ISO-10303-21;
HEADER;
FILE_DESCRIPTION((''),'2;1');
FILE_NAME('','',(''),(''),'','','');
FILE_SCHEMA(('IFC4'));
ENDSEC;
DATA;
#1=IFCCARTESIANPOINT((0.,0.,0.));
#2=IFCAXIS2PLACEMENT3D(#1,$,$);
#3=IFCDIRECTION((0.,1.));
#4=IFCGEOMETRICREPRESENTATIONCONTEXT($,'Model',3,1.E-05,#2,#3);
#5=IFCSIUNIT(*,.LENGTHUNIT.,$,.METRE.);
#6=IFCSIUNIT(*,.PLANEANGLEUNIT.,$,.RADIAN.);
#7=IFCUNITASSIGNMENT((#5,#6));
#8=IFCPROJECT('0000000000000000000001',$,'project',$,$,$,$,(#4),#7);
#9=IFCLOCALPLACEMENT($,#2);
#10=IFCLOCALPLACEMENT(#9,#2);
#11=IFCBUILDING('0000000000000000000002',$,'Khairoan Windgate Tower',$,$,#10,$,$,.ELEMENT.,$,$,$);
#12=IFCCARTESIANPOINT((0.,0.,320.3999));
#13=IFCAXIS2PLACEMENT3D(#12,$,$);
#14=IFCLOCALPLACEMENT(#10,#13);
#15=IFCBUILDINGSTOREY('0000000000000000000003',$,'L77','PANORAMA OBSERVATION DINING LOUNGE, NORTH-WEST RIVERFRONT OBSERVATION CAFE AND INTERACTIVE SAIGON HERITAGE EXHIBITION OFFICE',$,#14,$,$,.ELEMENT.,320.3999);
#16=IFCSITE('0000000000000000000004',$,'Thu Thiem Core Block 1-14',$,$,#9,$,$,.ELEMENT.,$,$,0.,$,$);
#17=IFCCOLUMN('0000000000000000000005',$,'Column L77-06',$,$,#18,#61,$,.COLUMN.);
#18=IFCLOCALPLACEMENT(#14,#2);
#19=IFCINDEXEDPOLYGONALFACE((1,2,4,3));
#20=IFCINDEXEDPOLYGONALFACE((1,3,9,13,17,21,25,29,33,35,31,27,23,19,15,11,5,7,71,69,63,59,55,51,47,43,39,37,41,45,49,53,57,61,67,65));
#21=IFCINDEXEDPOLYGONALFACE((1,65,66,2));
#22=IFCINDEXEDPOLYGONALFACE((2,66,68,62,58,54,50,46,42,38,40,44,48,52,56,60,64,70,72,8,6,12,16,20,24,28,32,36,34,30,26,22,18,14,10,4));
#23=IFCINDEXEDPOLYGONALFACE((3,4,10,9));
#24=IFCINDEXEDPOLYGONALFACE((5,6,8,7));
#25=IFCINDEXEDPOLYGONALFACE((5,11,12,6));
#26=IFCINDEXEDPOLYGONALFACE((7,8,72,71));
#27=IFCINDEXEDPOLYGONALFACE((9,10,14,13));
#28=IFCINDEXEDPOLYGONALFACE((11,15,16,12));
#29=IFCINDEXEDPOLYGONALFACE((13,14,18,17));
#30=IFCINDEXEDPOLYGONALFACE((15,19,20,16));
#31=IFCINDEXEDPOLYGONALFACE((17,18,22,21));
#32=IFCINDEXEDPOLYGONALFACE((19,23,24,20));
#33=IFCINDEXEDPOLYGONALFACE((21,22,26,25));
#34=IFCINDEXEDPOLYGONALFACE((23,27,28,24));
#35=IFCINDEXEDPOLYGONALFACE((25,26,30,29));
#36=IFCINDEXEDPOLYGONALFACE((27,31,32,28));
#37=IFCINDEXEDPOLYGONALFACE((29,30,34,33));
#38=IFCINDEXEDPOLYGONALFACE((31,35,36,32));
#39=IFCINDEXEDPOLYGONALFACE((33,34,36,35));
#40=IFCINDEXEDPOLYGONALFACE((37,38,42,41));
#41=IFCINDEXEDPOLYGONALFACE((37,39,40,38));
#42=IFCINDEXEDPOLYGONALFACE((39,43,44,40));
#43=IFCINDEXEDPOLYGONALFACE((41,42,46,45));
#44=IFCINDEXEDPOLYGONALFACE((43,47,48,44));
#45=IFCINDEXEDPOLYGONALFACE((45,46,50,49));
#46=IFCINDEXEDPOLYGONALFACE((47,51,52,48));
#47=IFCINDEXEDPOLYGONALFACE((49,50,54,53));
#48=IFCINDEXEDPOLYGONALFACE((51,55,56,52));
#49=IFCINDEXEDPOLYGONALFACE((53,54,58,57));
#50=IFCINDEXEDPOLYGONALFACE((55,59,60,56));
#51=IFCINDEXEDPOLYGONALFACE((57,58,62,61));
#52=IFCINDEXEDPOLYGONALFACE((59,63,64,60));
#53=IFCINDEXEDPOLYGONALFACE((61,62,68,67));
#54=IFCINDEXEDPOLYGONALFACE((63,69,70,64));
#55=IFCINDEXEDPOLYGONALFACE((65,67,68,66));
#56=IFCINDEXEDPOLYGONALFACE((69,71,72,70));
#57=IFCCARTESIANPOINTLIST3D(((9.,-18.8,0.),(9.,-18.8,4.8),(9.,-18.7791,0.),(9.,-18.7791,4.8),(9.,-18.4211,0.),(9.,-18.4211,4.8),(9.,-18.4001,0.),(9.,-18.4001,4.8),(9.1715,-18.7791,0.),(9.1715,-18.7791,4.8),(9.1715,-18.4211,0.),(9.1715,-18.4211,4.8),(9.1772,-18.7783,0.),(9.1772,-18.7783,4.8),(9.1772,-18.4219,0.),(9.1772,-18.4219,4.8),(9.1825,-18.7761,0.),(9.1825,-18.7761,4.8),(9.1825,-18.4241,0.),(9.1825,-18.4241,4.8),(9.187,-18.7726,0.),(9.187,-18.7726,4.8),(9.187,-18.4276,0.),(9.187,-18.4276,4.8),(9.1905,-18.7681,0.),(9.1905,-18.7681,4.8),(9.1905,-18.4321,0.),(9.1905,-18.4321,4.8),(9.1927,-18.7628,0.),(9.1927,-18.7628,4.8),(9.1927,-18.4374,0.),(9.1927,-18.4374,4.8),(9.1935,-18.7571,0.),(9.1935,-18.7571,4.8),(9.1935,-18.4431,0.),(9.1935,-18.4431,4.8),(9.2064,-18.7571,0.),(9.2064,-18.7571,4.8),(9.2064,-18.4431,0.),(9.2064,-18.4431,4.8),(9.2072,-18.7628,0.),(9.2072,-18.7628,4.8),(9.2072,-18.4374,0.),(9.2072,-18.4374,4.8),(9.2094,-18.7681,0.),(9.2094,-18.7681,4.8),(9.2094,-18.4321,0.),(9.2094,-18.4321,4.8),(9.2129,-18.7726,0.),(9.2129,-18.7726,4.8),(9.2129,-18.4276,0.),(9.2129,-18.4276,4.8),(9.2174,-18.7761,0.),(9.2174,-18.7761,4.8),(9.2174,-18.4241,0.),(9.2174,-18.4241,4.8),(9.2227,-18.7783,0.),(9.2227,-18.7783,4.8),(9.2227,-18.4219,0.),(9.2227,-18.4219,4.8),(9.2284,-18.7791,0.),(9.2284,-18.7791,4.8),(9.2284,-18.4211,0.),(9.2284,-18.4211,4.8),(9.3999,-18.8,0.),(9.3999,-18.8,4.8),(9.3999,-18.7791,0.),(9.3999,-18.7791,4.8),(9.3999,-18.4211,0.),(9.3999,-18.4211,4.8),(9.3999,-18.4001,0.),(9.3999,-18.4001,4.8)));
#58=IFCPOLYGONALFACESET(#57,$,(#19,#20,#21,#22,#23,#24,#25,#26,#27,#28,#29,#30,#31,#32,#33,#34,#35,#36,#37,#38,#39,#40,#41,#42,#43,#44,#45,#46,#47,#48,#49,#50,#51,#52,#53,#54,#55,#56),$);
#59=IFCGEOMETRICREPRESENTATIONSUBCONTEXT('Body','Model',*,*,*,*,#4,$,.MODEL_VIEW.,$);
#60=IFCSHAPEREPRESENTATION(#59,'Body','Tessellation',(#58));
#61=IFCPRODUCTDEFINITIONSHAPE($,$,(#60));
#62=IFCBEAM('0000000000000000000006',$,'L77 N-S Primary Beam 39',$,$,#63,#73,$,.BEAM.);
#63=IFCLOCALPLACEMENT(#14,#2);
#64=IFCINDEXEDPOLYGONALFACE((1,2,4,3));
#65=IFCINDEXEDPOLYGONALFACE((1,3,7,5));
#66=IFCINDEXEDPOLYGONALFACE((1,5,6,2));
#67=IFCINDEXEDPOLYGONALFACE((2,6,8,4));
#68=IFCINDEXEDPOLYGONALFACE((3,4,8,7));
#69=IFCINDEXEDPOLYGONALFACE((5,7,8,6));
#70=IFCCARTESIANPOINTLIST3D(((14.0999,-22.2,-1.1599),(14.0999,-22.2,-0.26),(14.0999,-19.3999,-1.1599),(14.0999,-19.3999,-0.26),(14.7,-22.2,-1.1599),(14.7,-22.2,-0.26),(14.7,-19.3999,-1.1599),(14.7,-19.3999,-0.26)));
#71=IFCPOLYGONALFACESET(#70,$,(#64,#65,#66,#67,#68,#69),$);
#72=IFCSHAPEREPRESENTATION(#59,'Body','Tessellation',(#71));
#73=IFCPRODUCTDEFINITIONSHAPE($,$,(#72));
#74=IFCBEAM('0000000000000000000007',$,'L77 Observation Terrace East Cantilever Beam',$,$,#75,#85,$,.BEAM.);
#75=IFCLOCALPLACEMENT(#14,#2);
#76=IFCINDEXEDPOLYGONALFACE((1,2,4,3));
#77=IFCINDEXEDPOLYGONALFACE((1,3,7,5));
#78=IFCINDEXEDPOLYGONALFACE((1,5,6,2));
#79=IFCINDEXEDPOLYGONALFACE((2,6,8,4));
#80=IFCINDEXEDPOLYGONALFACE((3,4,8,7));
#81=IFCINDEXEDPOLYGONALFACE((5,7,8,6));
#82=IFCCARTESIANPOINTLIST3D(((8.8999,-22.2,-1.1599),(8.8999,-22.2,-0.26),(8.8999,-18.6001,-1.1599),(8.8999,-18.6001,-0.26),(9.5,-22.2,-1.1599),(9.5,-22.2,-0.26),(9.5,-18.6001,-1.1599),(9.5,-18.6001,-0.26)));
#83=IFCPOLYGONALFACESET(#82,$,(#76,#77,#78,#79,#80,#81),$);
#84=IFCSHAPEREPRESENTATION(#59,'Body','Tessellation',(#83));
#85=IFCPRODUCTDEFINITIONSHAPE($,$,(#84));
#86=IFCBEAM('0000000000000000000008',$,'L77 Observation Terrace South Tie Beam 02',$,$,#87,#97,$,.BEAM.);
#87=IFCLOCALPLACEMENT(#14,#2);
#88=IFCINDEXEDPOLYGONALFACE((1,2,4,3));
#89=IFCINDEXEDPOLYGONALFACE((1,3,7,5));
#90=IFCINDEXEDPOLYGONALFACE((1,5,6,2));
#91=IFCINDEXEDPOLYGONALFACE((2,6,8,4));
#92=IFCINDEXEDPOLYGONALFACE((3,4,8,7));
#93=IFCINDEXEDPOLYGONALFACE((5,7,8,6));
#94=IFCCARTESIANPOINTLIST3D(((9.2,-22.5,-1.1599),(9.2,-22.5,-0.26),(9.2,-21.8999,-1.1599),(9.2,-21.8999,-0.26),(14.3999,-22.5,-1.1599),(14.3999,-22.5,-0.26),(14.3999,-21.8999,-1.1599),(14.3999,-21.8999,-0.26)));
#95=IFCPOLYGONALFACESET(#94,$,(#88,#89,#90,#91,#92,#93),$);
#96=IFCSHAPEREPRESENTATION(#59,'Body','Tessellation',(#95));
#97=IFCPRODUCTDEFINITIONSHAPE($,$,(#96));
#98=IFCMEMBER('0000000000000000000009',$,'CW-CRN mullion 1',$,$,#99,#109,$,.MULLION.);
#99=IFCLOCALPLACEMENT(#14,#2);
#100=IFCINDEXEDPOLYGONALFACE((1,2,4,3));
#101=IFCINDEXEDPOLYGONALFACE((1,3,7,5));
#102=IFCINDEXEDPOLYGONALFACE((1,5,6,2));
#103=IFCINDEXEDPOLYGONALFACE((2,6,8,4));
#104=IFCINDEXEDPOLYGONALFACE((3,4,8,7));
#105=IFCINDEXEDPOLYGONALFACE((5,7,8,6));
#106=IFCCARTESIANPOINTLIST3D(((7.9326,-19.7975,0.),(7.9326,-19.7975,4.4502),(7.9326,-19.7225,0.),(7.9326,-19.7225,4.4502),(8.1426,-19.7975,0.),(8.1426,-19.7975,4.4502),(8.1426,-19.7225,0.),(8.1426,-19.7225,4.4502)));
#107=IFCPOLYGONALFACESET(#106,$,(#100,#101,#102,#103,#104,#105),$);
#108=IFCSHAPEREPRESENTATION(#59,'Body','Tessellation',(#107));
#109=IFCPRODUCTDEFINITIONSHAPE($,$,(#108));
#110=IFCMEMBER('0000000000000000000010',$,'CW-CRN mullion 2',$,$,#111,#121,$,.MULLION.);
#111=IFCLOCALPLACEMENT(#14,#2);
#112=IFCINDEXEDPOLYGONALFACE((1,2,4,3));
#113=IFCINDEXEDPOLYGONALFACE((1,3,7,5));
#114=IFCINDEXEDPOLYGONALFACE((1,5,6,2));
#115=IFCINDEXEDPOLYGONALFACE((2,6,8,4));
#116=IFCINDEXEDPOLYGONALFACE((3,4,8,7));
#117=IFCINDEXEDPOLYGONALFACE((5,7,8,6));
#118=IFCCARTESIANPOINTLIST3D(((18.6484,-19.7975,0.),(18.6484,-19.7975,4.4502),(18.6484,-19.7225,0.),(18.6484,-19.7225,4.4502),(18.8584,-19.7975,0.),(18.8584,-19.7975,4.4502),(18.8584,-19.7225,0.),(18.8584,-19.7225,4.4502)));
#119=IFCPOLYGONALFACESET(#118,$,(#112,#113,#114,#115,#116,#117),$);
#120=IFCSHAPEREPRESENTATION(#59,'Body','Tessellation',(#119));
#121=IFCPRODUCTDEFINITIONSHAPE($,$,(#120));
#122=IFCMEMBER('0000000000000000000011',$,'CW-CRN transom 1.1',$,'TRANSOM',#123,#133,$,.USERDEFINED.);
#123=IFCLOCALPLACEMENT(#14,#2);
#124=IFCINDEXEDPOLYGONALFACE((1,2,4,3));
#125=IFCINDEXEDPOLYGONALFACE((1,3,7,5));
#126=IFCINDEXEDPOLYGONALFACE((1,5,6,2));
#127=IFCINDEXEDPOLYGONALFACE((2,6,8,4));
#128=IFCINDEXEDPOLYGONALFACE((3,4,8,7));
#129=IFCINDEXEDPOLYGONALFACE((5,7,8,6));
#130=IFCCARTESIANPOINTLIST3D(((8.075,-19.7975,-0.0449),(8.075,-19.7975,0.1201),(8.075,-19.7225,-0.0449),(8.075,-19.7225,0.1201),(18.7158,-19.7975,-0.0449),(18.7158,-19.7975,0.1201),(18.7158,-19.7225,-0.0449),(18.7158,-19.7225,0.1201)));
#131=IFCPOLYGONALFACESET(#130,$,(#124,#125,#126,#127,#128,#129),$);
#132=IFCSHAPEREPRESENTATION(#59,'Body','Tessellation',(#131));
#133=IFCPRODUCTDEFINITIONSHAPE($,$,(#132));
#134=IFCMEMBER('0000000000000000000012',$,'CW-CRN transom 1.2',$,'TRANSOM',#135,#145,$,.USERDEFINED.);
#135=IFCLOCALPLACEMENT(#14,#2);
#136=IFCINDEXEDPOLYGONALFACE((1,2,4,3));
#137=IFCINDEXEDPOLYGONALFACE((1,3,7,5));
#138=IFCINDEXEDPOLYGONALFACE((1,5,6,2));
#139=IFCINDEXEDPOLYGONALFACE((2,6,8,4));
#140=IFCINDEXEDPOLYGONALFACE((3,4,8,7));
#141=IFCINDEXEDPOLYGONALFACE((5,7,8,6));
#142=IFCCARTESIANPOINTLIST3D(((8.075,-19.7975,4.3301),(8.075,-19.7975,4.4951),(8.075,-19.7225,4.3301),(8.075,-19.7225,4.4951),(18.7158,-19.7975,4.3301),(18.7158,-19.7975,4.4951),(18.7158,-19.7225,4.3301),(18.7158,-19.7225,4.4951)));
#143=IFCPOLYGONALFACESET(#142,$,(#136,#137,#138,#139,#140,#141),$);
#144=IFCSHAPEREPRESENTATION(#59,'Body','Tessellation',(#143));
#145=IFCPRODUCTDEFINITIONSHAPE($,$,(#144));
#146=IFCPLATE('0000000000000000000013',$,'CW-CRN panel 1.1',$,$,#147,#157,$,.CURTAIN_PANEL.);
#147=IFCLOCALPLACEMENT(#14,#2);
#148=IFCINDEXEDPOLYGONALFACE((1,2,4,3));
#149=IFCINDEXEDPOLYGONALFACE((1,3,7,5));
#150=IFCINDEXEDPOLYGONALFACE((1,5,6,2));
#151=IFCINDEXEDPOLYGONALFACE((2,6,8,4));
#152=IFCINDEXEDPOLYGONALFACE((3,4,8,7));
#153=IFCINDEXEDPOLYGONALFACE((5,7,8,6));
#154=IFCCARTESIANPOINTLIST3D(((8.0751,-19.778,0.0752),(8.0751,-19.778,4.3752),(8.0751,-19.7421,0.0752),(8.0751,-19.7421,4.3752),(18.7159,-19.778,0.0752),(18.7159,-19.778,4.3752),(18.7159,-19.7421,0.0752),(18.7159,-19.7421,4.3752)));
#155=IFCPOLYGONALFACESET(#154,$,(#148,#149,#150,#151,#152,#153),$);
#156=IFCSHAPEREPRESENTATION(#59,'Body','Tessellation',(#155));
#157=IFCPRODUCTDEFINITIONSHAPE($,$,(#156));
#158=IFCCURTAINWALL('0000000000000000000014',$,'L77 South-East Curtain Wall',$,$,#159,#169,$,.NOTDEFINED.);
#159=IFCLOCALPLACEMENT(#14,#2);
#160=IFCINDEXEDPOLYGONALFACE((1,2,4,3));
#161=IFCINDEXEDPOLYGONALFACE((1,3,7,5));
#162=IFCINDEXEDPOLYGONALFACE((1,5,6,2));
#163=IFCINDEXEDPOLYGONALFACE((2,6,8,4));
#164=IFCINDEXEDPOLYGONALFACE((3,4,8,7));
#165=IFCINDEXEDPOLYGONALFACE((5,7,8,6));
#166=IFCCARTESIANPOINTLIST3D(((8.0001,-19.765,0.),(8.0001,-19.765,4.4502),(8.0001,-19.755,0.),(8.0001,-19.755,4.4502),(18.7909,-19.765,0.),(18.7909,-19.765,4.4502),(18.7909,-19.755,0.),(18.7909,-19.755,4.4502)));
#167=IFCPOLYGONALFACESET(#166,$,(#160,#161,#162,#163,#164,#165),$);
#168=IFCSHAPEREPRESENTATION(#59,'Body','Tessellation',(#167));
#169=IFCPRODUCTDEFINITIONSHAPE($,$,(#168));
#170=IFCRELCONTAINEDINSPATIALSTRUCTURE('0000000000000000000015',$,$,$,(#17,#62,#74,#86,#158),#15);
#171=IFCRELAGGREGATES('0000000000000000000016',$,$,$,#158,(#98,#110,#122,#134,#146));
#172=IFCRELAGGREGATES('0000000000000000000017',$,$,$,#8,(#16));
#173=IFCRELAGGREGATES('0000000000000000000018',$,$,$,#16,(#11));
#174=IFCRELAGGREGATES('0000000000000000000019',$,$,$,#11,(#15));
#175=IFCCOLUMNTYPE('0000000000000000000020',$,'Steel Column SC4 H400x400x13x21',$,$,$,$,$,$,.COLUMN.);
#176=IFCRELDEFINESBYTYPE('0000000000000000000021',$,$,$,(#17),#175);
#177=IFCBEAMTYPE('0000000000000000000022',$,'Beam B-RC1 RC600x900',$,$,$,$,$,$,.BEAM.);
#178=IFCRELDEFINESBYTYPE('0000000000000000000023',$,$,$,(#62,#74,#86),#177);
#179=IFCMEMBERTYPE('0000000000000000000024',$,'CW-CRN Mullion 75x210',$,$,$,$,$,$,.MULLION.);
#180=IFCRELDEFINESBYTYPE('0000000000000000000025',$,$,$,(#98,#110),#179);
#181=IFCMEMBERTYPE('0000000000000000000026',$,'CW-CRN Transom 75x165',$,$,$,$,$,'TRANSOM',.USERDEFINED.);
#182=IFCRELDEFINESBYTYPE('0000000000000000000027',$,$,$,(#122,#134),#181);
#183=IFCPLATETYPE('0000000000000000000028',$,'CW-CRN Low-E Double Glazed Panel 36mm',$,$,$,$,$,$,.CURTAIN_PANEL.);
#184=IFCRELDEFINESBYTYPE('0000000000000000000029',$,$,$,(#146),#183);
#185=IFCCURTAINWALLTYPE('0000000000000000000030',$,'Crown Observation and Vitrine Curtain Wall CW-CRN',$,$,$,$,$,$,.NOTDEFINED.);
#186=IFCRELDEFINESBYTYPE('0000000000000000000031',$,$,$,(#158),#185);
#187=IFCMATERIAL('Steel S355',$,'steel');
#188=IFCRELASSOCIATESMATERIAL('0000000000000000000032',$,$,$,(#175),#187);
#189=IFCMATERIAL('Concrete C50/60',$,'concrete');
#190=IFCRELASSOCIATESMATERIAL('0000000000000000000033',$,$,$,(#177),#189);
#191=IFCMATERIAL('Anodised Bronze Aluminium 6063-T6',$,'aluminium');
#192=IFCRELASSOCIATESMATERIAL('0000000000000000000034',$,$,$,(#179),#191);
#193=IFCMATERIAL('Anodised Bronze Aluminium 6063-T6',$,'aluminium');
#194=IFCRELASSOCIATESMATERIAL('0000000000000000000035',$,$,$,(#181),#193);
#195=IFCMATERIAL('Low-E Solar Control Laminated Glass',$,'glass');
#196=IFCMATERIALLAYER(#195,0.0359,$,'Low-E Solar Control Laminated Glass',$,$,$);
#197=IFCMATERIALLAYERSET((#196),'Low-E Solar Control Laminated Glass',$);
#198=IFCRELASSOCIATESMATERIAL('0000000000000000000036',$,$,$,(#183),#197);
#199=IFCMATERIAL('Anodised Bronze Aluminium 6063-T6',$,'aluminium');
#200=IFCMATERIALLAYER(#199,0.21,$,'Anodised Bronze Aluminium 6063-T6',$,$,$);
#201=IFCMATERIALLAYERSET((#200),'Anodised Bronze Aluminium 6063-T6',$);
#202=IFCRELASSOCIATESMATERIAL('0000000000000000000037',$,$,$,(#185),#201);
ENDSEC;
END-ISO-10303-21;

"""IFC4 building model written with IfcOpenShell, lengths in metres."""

from ifc_helpers import new_model, si_unit, direction, frame, frame_2d, origin, origin_2d, place, context, subcontext, project, spatial, rectangle, i_section, extrude, material, layer, layer_set, material_profile, profile_set, type_object, element, aggregate, save


model = new_model("IFC4")

# Units and contexts
model_context = context("Model", 3, precision=1e-05, world=origin(), true_north=direction((0.0, 1.0)))
body_context = subcontext(model_context, "Body", "Model", "MODEL_VIEW")
ifc_project = project(units=[si_unit("LENGTHUNIT", "METRE"), si_unit("PLANEANGLEUNIT", "RADIAN")], contexts=[model_context])

# Site, building, storey
site_placement = place(None, origin())
site = spatial("IfcSite", under=ifc_project, at=site_placement, Name="Thu Thiem Core Block 1-14", CompositionType="ELEMENT", RefElevation=0.0)
building_placement = place(site_placement, origin())
building = spatial("IfcBuilding", under=site, at=building_placement, Name="Khairoan Windgate Tower", CompositionType="ELEMENT")
storey_placement = place(building_placement, frame((0.0, 0.0, 320.3999)))
storey = spatial("IfcBuildingStorey", under=building, at=storey_placement, Name="L77", Description="PANORAMA OBSERVATION DINING LOUNGE, NORTH-WEST RIVERFRONT OBSERVATION CAFE AND INTERACTIVE SAIGON HERITAGE EXHIBITION OFFICE", CompositionType="ELEMENT", Elevation=320.3999)

# Column
ifc_material_1 = material(Name="Steel S355", Category="steel")
ifc_material_profile_1 = material_profile(ifc_material_1, i_section(OverallWidth=0.3999, OverallDepth=0.3999, WebThickness=0.0129, FlangeThickness=0.021, FilletRadius=0.022, at=origin_2d()))
ifc_profile_set_1 = profile_set([ifc_material_profile_1], Name="Steel S355")
column_type = type_object("IfcColumnType", Name="Steel Column SC4 H400x400x13x21", PredefinedType="COLUMN", material=ifc_profile_set_1)
column_placement = place(storey_placement, frame((9.2, -18.6001, 0.0), z_axis=(0.0, 0.0, 1.0), x_axis=(1.0, 0.0, 0.0)))
element("IfcColumn", 1, at=column_placement, inside=storey, type_object=column_type, Name="Column L77-06", PredefinedType="COLUMN", context=body_context, shape_type="SweptSolid", body=[
    extrude(i_section(OverallWidth=0.3999, OverallDepth=0.3999, WebThickness=0.0129, FlangeThickness=0.021, FilletRadius=0.022, at=origin_2d()), origin(), (0.0, 0.0, 1.0), 4.8),
])

# Beams
ifc_material_2 = material(Name="Concrete C50/60", Category="concrete")
ifc_material_profile_2 = material_profile(ifc_material_2, rectangle(XDim=0.6001, YDim=0.8999, at=origin_2d()))
ifc_profile_set_2 = profile_set([ifc_material_profile_2], Name="Concrete C50/60")
beam_type = type_object("IfcBeamType", Name="Beam B-RC1 RC600x900", PredefinedType="BEAM", material=ifc_profile_set_2)
beam_1_placement = place(storey_placement, frame((14.3999, -22.2, -0.71), z_axis=(0.0, 1.0, 0.0), x_axis=(-1.0, 0.0, 0.0)))
element("IfcBeam", 2, at=beam_1_placement, inside=storey, type_object=beam_type, Name="L77 N-S Primary Beam 39", PredefinedType="BEAM", context=body_context, shape_type="SweptSolid", body=[
    extrude(rectangle(XDim=0.6001, YDim=0.8999, at=origin_2d()), origin(), (0.0, 0.0, 1.0), 2.8),
])
beam_2_placement = place(storey_placement, frame((9.2, -22.2, -0.71), z_axis=(0.0, 1.0, 0.0), x_axis=(-1.0, 0.0, 0.0)))
element("IfcBeam", 3, at=beam_2_placement, inside=storey, type_object=beam_type, Name="L77 Observation Terrace East Cantilever Beam", PredefinedType="BEAM", context=body_context, shape_type="SweptSolid", body=[
    extrude(rectangle(XDim=0.6001, YDim=0.8999, at=origin_2d()), origin(), (0.0, 0.0, 1.0), 3.5999),
])
beam_3_placement = place(storey_placement, frame((9.2, -22.2, -0.71), z_axis=(1.0, 0.0, 0.0), x_axis=(0.0, 1.0, 0.0)))
element("IfcBeam", 4, at=beam_3_placement, inside=storey, type_object=beam_type, Name="L77 Observation Terrace South Tie Beam 02", PredefinedType="BEAM", context=body_context, shape_type="SweptSolid", body=[
    extrude(rectangle(XDim=0.6001, YDim=0.8999, at=origin_2d()), origin(), (0.0, 0.0, 1.0), 5.2),
])

# Members
ifc_material_3 = material(Name="Anodised Bronze Aluminium 6063-T6", Category="aluminium")
ifc_material_profile_3 = material_profile(ifc_material_3, rectangle(XDim=0.075, YDim=0.21, at=origin_2d()))
ifc_profile_set_3 = profile_set([ifc_material_profile_3], Name="Anodised Bronze Aluminium 6063-T6")
member_type_1 = type_object("IfcMemberType", Name="CW-CRN Mullion 75x210", PredefinedType="MULLION", material=ifc_profile_set_3)
member_1_placement = place(storey_placement, frame((8.0376, -19.76, 0.0), z_axis=(0.0, 0.0, 1.0), x_axis=(0.0, 1.0, 0.0)))
member_1 = element("IfcMember", 5, at=member_1_placement, type_object=member_type_1, Name="CW-CRN mullion 1", PredefinedType="MULLION", context=body_context, shape_type="SweptSolid", body=[
    extrude(rectangle(XDim=0.075, YDim=0.21, at=origin_2d()), origin(), (0.0, 0.0, 1.0), 4.4502),
])
member_2_placement = place(storey_placement, frame((18.7534, -19.76, 0.0), z_axis=(0.0, 0.0, 1.0), x_axis=(0.0, 1.0, 0.0)))
member_2 = element("IfcMember", 6, at=member_2_placement, type_object=member_type_1, Name="CW-CRN mullion 2", PredefinedType="MULLION", context=body_context, shape_type="SweptSolid", body=[
    extrude(rectangle(XDim=0.075, YDim=0.21, at=origin_2d()), origin(), (0.0, 0.0, 1.0), 4.4502),
])
ifc_material_4 = material(Name="Anodised Bronze Aluminium 6063-T6", Category="aluminium")
ifc_material_profile_4 = material_profile(ifc_material_4, rectangle(XDim=0.075, YDim=0.165, at=origin_2d()))
ifc_profile_set_4 = profile_set([ifc_material_profile_4], Name="Anodised Bronze Aluminium 6063-T6")
member_type_2 = type_object("IfcMemberType", Name="CW-CRN Transom 75x165", ElementType="TRANSOM", PredefinedType="USERDEFINED", material=ifc_profile_set_4)
member_3_placement = place(storey_placement, frame((8.075, -19.76, 0.0376), z_axis=(1.0, 0.0, 0.0), x_axis=(0.0, 1.0, 0.0)))
member_3 = element("IfcMember", 7, at=member_3_placement, type_object=member_type_2, Name="CW-CRN transom 1.1", ObjectType="TRANSOM", PredefinedType="USERDEFINED", context=body_context, shape_type="SweptSolid", body=[
    extrude(rectangle(XDim=0.075, YDim=0.165, at=origin_2d()), origin(), (0.0, 0.0, 1.0), 10.6409),
])
member_4_placement = place(storey_placement, frame((8.075, -19.76, 4.4126), z_axis=(1.0, 0.0, 0.0), x_axis=(0.0, 1.0, 0.0)))
member_4 = element("IfcMember", 8, at=member_4_placement, type_object=member_type_2, Name="CW-CRN transom 1.2", ObjectType="TRANSOM", PredefinedType="USERDEFINED", context=body_context, shape_type="SweptSolid", body=[
    extrude(rectangle(XDim=0.075, YDim=0.165, at=origin_2d()), origin(), (0.0, 0.0, 1.0), 10.6409),
])

# Plate
ifc_material_5 = material(Name="Low-E Solar Control Laminated Glass", Category="glass")
ifc_layer_1 = layer(ifc_material_5, 0.0359, Name="Low-E Solar Control Laminated Glass")
ifc_layer_set_1 = layer_set([ifc_layer_1], Name="Low-E Solar Control Laminated Glass")
plate_type = type_object("IfcPlateType", Name="CW-CRN Low-E Double Glazed Panel 36mm", PredefinedType="CURTAIN_PANEL", material=ifc_layer_set_1)
plate_placement = place(storey_placement, frame((13.3955, -19.76, 0.0752), z_axis=(0.0, 0.0, 1.0), x_axis=(1.0, 0.0, 0.0)))
plate = element("IfcPlate", 9, at=plate_placement, type_object=plate_type, Name="CW-CRN panel 1.1", PredefinedType="CURTAIN_PANEL", context=body_context, shape_type="SweptSolid", body=[
    extrude(rectangle(XDim=10.6409, YDim=0.0359, at=origin_2d()), origin(), (0.0, 0.0, 1.0), 4.3),
])

# Curtain wall
ifc_material_6 = material(Name="Anodised Bronze Aluminium 6063-T6", Category="aluminium")
ifc_layer_2 = layer(ifc_material_6, 0.21, Name="Anodised Bronze Aluminium 6063-T6")
ifc_layer_set_2 = layer_set([ifc_layer_2], Name="Anodised Bronze Aluminium 6063-T6")
curtain_wall_type = type_object("IfcCurtainWallType", Name="Crown Observation and Vitrine Curtain Wall CW-CRN", PredefinedType="NOTDEFINED", material=ifc_layer_set_2)
curtain_wall_placement = place(storey_placement, frame((8.0, -19.76, 0.0), z_axis=(0.0, 0.0, 1.0), x_axis=(1.0, 0.0, 0.0)))
curtain_wall = element("IfcCurtainWall", 10, at=curtain_wall_placement, inside=storey, type_object=curtain_wall_type, Name="L77 South-East Curtain Wall", PredefinedType="NOTDEFINED", context=body_context, shape_type="SweptSolid", body=[
    extrude(rectangle(XDim=10.7908, YDim=0.01, at=frame_2d((5.3955, 0.0))), origin(), (0.0, 0.0, 1.0), 4.4502),
])
aggregate(curtain_wall, [member_1, member_2, member_3, member_4, plate])

save(model, "model.ifc")
